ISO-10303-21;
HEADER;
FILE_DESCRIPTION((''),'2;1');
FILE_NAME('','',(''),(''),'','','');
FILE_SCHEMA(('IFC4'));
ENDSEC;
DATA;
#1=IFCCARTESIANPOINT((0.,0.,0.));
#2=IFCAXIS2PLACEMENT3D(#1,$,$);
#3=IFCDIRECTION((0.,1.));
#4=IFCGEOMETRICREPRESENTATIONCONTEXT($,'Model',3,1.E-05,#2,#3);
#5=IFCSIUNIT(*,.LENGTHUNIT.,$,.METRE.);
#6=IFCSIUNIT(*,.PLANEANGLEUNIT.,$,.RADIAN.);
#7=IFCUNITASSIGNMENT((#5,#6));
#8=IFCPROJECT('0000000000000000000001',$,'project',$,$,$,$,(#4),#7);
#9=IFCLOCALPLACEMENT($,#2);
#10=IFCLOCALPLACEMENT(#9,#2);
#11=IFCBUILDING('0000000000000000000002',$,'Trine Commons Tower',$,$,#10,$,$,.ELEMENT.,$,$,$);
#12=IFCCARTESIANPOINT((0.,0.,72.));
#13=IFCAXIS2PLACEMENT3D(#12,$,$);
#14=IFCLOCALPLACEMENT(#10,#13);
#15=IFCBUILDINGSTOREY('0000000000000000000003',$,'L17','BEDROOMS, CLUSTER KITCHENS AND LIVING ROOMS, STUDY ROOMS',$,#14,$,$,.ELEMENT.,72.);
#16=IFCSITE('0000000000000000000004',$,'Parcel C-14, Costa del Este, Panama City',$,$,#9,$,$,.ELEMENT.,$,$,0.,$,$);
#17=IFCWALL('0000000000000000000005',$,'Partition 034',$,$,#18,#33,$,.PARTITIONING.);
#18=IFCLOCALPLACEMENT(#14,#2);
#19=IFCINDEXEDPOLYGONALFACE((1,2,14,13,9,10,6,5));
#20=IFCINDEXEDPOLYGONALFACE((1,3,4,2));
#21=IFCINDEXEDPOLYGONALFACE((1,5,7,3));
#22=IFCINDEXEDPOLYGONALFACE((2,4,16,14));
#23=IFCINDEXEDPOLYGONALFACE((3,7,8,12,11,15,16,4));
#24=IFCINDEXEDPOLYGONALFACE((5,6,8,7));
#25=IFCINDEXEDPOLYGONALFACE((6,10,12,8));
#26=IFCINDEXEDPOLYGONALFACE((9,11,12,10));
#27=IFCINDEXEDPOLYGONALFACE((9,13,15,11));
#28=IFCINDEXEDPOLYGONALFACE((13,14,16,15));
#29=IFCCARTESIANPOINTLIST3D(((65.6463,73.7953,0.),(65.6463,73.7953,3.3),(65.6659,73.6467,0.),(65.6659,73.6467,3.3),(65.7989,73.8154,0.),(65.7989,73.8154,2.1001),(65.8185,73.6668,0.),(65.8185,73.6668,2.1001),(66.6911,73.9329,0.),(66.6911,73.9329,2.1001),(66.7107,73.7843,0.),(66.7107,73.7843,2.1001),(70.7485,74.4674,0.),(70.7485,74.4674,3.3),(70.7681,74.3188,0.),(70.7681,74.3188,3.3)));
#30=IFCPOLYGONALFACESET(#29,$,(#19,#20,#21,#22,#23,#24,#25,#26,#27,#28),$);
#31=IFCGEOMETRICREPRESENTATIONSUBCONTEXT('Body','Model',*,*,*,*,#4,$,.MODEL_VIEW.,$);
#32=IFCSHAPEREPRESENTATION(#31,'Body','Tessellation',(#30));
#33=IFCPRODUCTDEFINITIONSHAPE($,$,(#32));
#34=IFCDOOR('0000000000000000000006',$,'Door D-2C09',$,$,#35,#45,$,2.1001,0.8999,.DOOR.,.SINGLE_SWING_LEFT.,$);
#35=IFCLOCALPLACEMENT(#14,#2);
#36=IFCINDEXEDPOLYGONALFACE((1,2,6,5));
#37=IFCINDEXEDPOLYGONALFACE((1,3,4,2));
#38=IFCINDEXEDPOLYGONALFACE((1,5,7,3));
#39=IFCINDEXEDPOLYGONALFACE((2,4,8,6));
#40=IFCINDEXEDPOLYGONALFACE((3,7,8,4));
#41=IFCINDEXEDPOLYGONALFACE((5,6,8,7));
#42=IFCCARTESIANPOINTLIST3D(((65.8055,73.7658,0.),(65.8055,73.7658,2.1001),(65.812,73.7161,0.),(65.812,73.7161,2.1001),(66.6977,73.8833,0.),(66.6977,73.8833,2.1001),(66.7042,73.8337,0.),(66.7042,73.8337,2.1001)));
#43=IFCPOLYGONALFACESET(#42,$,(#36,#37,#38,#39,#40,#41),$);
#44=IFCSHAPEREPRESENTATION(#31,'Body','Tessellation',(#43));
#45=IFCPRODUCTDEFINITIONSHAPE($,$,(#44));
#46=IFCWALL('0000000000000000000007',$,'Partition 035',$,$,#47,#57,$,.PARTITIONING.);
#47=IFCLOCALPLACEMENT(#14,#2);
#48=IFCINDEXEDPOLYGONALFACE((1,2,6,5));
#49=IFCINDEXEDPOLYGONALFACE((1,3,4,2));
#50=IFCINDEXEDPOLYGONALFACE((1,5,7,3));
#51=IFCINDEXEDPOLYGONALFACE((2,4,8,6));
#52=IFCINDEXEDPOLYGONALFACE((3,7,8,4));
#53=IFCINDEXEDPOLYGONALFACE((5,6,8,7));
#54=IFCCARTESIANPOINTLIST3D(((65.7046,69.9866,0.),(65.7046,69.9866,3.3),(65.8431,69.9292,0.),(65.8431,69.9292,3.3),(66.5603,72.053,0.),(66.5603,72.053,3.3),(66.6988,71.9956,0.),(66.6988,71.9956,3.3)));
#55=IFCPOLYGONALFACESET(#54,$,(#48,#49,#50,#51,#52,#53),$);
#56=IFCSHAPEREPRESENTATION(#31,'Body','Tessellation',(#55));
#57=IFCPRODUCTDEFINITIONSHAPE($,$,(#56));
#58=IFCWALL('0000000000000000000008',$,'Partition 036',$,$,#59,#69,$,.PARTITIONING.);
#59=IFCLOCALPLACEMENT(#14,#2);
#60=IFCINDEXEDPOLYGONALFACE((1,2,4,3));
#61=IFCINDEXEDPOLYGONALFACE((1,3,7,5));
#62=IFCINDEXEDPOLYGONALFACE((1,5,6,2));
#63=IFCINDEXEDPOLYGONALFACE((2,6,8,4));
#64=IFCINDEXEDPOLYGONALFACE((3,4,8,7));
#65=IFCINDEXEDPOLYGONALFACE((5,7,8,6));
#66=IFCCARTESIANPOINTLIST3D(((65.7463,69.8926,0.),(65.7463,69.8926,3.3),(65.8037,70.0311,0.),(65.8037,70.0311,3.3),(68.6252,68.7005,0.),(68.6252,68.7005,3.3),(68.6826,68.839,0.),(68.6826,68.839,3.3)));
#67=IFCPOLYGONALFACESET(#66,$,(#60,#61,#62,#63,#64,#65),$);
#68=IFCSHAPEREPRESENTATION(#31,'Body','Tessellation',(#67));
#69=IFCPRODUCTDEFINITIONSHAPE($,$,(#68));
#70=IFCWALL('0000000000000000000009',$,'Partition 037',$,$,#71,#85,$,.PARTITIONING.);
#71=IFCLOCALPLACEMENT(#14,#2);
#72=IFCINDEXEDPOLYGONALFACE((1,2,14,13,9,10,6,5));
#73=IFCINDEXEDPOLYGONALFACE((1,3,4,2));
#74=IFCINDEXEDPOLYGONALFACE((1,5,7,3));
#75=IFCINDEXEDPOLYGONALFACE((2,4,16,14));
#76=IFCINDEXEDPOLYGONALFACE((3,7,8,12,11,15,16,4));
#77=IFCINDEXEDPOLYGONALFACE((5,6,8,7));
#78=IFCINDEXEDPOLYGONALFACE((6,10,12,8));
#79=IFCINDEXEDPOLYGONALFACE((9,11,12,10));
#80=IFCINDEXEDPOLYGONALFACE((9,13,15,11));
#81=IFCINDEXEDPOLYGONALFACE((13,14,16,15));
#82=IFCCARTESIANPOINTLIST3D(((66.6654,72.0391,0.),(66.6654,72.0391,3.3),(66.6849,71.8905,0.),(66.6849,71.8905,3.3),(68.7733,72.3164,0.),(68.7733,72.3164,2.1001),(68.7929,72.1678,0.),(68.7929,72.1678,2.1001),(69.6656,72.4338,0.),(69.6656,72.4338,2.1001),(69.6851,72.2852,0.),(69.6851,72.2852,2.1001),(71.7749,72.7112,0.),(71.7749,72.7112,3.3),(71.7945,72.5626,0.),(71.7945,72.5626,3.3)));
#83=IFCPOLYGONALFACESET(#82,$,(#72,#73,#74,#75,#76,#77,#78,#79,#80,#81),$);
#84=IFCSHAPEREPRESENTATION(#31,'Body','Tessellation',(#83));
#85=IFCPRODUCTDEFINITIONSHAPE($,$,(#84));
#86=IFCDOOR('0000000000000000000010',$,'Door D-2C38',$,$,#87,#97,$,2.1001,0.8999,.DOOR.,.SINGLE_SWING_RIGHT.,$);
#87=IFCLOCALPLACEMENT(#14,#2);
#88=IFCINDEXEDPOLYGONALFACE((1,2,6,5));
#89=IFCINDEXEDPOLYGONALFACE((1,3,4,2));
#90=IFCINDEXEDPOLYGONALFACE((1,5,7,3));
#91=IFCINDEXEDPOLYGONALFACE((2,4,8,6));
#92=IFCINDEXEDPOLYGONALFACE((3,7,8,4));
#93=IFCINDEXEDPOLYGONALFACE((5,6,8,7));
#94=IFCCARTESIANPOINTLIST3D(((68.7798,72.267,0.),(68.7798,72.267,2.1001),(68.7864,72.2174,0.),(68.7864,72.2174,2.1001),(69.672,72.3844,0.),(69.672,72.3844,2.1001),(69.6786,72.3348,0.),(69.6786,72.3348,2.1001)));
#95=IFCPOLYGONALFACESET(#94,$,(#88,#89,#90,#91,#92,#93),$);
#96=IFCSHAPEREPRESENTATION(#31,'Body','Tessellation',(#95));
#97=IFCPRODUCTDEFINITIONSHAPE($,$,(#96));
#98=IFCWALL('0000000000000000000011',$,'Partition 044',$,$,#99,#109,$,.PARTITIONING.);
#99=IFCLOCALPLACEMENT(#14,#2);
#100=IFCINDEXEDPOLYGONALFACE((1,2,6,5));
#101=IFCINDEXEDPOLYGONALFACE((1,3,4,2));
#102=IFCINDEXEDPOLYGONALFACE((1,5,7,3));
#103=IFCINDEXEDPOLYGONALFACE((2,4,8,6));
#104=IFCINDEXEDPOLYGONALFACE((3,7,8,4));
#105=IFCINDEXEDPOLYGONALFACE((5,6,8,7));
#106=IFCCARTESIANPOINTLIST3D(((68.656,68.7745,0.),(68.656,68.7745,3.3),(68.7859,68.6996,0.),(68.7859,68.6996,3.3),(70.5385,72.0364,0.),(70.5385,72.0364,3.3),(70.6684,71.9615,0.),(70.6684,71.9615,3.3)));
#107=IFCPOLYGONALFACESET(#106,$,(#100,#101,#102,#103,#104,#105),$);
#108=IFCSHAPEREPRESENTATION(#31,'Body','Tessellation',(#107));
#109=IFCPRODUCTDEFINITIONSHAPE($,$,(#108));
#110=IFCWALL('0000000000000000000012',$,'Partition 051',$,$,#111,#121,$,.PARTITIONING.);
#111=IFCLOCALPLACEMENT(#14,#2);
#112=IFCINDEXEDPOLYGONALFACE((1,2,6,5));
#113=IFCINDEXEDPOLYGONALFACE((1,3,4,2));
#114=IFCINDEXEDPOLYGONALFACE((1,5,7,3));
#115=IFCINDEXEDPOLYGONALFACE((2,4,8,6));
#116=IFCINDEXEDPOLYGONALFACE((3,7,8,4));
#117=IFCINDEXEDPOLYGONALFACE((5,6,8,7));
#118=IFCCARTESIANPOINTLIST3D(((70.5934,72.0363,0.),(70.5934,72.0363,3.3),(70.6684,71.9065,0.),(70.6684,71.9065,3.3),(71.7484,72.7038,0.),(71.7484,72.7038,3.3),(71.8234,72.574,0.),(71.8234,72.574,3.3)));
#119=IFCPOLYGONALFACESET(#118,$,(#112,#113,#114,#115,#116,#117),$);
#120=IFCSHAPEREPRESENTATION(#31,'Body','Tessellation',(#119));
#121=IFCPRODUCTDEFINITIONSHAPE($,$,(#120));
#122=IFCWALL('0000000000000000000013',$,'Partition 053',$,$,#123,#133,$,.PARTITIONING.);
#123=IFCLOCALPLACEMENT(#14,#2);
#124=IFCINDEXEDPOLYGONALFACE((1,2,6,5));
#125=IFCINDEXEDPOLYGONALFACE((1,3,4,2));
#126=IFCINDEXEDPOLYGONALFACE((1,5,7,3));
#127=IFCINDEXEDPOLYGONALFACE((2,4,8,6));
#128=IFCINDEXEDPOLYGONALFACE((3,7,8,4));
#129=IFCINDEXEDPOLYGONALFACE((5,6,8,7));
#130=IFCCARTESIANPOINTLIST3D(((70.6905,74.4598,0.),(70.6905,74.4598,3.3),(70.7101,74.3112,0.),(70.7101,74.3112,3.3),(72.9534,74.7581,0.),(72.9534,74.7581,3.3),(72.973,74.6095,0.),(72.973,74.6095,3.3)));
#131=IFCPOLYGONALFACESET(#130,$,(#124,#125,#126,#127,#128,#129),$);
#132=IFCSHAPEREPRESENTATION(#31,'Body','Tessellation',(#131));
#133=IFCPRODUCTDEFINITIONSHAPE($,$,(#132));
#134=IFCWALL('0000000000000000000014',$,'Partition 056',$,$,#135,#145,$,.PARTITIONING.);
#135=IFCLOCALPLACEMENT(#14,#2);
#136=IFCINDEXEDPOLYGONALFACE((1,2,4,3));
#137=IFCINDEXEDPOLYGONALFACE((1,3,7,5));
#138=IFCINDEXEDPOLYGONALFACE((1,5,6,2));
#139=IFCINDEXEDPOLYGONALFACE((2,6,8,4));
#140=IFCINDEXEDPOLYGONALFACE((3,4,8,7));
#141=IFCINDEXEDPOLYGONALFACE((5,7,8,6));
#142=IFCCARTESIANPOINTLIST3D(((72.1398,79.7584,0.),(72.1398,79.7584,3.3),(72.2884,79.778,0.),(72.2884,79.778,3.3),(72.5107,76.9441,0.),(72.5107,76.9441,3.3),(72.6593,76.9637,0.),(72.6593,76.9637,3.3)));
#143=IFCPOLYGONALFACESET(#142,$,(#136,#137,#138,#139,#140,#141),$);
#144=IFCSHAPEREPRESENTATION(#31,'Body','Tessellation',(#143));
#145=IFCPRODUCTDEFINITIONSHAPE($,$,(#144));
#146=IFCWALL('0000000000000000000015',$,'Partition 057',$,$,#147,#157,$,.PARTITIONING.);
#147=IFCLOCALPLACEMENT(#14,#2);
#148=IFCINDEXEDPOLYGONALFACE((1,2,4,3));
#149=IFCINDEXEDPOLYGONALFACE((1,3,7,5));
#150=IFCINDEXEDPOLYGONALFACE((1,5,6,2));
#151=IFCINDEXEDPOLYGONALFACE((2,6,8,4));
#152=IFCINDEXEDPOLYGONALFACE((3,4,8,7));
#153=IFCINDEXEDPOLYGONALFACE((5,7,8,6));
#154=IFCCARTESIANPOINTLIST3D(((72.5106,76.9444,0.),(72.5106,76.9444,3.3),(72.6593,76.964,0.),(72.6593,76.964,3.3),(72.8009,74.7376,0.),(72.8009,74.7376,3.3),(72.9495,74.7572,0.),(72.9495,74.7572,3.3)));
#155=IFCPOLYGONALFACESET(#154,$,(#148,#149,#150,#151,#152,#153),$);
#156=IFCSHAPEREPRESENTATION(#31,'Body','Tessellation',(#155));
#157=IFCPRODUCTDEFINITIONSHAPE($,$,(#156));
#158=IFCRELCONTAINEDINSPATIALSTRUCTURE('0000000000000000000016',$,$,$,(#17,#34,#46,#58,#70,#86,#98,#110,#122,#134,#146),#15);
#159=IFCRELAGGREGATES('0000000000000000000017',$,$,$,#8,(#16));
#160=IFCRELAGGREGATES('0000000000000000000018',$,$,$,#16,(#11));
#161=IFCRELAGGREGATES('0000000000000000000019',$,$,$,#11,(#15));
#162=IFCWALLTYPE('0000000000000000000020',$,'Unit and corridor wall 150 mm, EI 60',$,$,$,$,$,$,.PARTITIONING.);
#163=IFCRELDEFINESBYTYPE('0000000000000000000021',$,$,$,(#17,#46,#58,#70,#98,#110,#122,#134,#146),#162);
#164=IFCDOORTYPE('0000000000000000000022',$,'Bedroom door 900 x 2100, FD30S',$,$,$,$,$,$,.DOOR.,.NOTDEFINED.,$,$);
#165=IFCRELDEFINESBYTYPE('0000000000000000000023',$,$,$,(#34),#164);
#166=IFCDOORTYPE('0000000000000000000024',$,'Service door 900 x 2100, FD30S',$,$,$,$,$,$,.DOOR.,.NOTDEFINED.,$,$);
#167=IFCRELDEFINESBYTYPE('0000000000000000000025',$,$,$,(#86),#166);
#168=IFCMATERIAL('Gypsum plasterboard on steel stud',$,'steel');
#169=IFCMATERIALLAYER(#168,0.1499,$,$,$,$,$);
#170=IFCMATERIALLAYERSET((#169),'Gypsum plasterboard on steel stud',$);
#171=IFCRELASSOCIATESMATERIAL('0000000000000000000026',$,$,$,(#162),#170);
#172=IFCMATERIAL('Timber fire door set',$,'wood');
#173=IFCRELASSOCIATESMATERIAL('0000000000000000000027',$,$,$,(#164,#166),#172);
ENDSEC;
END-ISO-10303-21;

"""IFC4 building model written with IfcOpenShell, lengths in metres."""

from ifc_helpers import new_model, si_unit, direction, frame, frame_2d, origin, place, context, subcontext, project, spatial, rectangle, extrude, material, layer, layer_set, type_object, element, fill, save


model = new_model("IFC4")

# Units and contexts
model_context = context("Model", 3, precision=1e-05, world=origin(), true_north=direction((0.0, 1.0)))
body_context = subcontext(model_context, "Body", "Model", "MODEL_VIEW")
ifc_project = project(units=[si_unit("LENGTHUNIT", "METRE"), si_unit("PLANEANGLEUNIT", "RADIAN")], contexts=[model_context])

# Site, building, storey
site_placement = place(None, origin())
site = spatial("IfcSite", under=ifc_project, at=site_placement, Name="Parcel C-14, Costa del Este, Panama City", CompositionType="ELEMENT", RefElevation=0.0)
building_placement = place(site_placement, origin())
building = spatial("IfcBuilding", under=site, at=building_placement, Name="Trine Commons Tower", CompositionType="ELEMENT")
storey_placement = place(building_placement, frame((0.0, 0.0, 72.0)))
storey = spatial("IfcBuildingStorey", under=building, at=storey_placement, Name="L17", Description="BEDROOMS, CLUSTER KITCHENS AND LIVING ROOMS, STUDY ROOMS", CompositionType="ELEMENT", Elevation=72.0)

# Shared definitions
ifc_material_1 = material(Name="Gypsum plasterboard on steel stud", Category="steel")
ifc_layer_1 = layer(ifc_material_1, 0.1499)
ifc_layer_set_1 = layer_set([ifc_layer_1], Name="Gypsum plasterboard on steel stud")
wall_type_1 = type_object("IfcWallType", Name="Unit and corridor wall 150 mm, EI 60", PredefinedType="PARTITIONING", material=ifc_layer_set_1)

# Wall, opening, door
wall_1_placement = place(storey_placement, frame((65.656, 73.7209, 0.0), z_axis=(0.0, 0.0, 1.0), x_axis=(0.991434, 0.130607, 0.0)))
wall_1 = element("IfcWall", 1, at=wall_1_placement, inside=storey, type_object=wall_type_1, Name="Partition 034", PredefinedType="PARTITIONING", context=body_context, shape_type="SweptSolid", body=[
    extrude(rectangle(XDim=5.1462, YDim=0.1499, at=frame_2d((2.5732, 0.0))), origin(), (0.0, 0.0, 1.0), 3.3),
])
opening_1_placement = place(wall_1_placement, frame((0.1541, 0.0, 0.0)))
opening_1 = element("IfcOpeningElement", 2, at=opening_1_placement, cuts=wall_1, PredefinedType="OPENING", context=body_context, shape_type="SweptSolid", body=[
    extrude(rectangle(XDim=0.8999, YDim=2.1001, at=frame_2d((0.45, 1.05))), frame((0.0, 0.085, 0.0), z_axis=(0.0, -1.0, 0.0), x_axis=(1.0, 0.0, 0.0)), (0.0, 0.0, 1.0), 0.1699),
])
ifc_material_2 = material(Name="Timber fire door set", Category="wood")
door_type_1 = type_object("IfcDoorType", Name="Bedroom door 900 x 2100, FD30S", OperationType="NOTDEFINED", PredefinedType="DOOR", material=ifc_material_2)
door_1_placement = place(opening_1_placement, origin())
door_1 = element("IfcDoor", 3, at=door_1_placement, inside=storey, type_object=door_type_1, Name="Door D-2C09", OperationType="SINGLE_SWING_LEFT", OverallHeight=2.1001, OverallWidth=0.8999, PredefinedType="DOOR", context=body_context, shape_type="SweptSolid", body=[
    extrude(rectangle(XDim=0.8999, YDim=2.1001, at=frame_2d((0.45, 1.05))), frame((0.0, 0.0249, 0.0), z_axis=(0.0, -1.0, 0.0), x_axis=(1.0, 0.0, 0.0)), (0.0, 0.0, 1.0), 0.05),
])
fill(opening_1, door_1)

# Walls
wall_2_placement = place(storey_placement, frame((65.7739, 69.958, 0.0), z_axis=(0.0, 0.0, 1.0), x_axis=(0.382599, 0.923914, 0.0)))
element("IfcWall", 4, at=wall_2_placement, inside=storey, type_object=wall_type_1, Name="Partition 035", PredefinedType="PARTITIONING", context=body_context, shape_type="SweptSolid", body=[
    extrude(rectangle(XDim=2.2366, YDim=0.1499, at=frame_2d((1.1182, 0.0))), origin(), (0.0, 0.0, 1.0), 3.3),
])
wall_3_placement = place(storey_placement, frame((65.7749, 69.9619, 0.0), z_axis=(0.0, 0.0, 1.0), x_axis=(0.923918, -0.382589, 0.0)))
element("IfcWall", 5, at=wall_3_placement, inside=storey, type_object=wall_type_1, Name="Partition 036", PredefinedType="PARTITIONING", context=body_context, shape_type="SweptSolid", body=[
    extrude(rectangle(XDim=3.116, YDim=0.1499, at=frame_2d((1.5581, 0.0))), origin(), (0.0, 0.0, 1.0), 3.3),
])

# Wall, opening, door
wall_4_placement = place(storey_placement, frame((66.6753, 71.9648, 0.0), z_axis=(0.0, 0.0, 1.0), x_axis=(0.991459, 0.130417, 0.0)))
wall_4 = element("IfcWall", 6, at=wall_4_placement, inside=storey, type_object=wall_type_1, Name="Partition 037", PredefinedType="PARTITIONING", context=body_context, shape_type="SweptSolid", body=[
    extrude(rectangle(XDim=5.1536, YDim=0.1499, at=frame_2d((2.5767, 0.0))), origin(), (0.0, 0.0, 1.0), 3.3),
])
opening_2_placement = place(wall_4_placement, frame((2.126, 0.0, 0.0)))
opening_2 = element("IfcOpeningElement", 7, at=opening_2_placement, cuts=wall_4, PredefinedType="OPENING", context=body_context, shape_type="SweptSolid", body=[
    extrude(rectangle(XDim=0.8999, YDim=2.1001, at=frame_2d((0.45, 1.05))), frame((0.0, 0.085, 0.0), z_axis=(0.0, -1.0, 0.0), x_axis=(1.0, 0.0, 0.0)), (0.0, 0.0, 1.0), 0.1699),
])
door_type_2 = type_object("IfcDoorType", Name="Service door 900 x 2100, FD30S", OperationType="NOTDEFINED", PredefinedType="DOOR", material=ifc_material_2)
door_2_placement = place(opening_2_placement, frame((0.8999, 0.0, 0.0), z_axis=(0.0, 0.0, 1.0), x_axis=(-1.0, 0.0, 0.0)))
door_2 = element("IfcDoor", 8, at=door_2_placement, inside=storey, type_object=door_type_2, Name="Door D-2C38", OperationType="SINGLE_SWING_RIGHT", OverallHeight=2.1001, OverallWidth=0.8999, PredefinedType="DOOR", context=body_context, shape_type="SweptSolid", body=[
    extrude(rectangle(XDim=0.8999, YDim=2.1001, at=frame_2d((0.45, 1.05))), frame((0.0, 0.0249, 0.0), z_axis=(0.0, -1.0, 0.0), x_axis=(1.0, 0.0, 0.0)), (0.0, 0.0, 1.0), 0.05),
])
fill(opening_2, door_2)

# Walls
wall_5_placement = place(storey_placement, frame((68.7209, 68.7371, 0.0), z_axis=(0.0, 0.0, 1.0), x_axis=(0.499855, 0.866109, 0.0)))
element("IfcWall", 9, at=wall_5_placement, inside=storey, type_object=wall_type_1, Name="Partition 044", PredefinedType="PARTITIONING", context=body_context, shape_type="SweptSolid", body=[
    extrude(rectangle(XDim=3.7661, YDim=0.1499, at=frame_2d((1.8831, 0.0))), origin(), (0.0, 0.0, 1.0), 3.3),
])
wall_6_placement = place(storey_placement, frame((70.6309, 71.9714, 0.0), z_axis=(0.0, 0.0, 1.0), x_axis=(0.865823, 0.500351, 0.0)))
element("IfcWall", 10, at=wall_6_placement, inside=storey, type_object=wall_type_1, Name="Partition 051", PredefinedType="PARTITIONING", context=body_context, shape_type="SweptSolid", body=[
    extrude(rectangle(XDim=1.334, YDim=0.1499, at=frame_2d((0.667, 0.0))), origin(), (0.0, 0.0, 1.0), 3.3),
])
wall_7_placement = place(storey_placement, frame((70.7004, 74.3855, 0.0), z_axis=(0.0, 0.0, 1.0), x_axis=(0.991421, 0.130706, 0.0)))
element("IfcWall", 11, at=wall_7_placement, inside=storey, type_object=wall_type_1, Name="Partition 053", PredefinedType="PARTITIONING", context=body_context, shape_type="SweptSolid", body=[
    extrude(rectangle(XDim=2.2825, YDim=0.1499, at=frame_2d((1.1411, 0.0))), origin(), (0.0, 0.0, 1.0), 3.3),
])
wall_8_placement = place(storey_placement, frame((72.2141, 79.7683, 0.0), z_axis=(0.0, 0.0, 1.0), x_axis=(0.130648, -0.991429, 0.0)))
element("IfcWall", 12, at=wall_8_placement, inside=storey, type_object=wall_type_1, Name="Partition 056", PredefinedType="PARTITIONING", context=body_context, shape_type="SweptSolid", body=[
    extrude(rectangle(XDim=2.8386, YDim=0.1499, at=frame_2d((1.4194, 0.0))), origin(), (0.0, 0.0, 1.0), 3.3),
])
wall_9_placement = place(storey_placement, frame((72.585, 76.9541, 0.0), z_axis=(0.0, 0.0, 1.0), x_axis=(0.130418, -0.991459, 0.0)))
element("IfcWall", 13, at=wall_9_placement, inside=storey, type_object=wall_type_1, Name="Partition 057", PredefinedType="PARTITIONING", context=body_context, shape_type="SweptSolid", body=[
    extrude(rectangle(XDim=2.2258, YDim=0.1499, at=frame_2d((1.1128, 0.0))), origin(), (0.0, 0.0, 1.0), 3.3),
])

save(model, "model.ifc")
